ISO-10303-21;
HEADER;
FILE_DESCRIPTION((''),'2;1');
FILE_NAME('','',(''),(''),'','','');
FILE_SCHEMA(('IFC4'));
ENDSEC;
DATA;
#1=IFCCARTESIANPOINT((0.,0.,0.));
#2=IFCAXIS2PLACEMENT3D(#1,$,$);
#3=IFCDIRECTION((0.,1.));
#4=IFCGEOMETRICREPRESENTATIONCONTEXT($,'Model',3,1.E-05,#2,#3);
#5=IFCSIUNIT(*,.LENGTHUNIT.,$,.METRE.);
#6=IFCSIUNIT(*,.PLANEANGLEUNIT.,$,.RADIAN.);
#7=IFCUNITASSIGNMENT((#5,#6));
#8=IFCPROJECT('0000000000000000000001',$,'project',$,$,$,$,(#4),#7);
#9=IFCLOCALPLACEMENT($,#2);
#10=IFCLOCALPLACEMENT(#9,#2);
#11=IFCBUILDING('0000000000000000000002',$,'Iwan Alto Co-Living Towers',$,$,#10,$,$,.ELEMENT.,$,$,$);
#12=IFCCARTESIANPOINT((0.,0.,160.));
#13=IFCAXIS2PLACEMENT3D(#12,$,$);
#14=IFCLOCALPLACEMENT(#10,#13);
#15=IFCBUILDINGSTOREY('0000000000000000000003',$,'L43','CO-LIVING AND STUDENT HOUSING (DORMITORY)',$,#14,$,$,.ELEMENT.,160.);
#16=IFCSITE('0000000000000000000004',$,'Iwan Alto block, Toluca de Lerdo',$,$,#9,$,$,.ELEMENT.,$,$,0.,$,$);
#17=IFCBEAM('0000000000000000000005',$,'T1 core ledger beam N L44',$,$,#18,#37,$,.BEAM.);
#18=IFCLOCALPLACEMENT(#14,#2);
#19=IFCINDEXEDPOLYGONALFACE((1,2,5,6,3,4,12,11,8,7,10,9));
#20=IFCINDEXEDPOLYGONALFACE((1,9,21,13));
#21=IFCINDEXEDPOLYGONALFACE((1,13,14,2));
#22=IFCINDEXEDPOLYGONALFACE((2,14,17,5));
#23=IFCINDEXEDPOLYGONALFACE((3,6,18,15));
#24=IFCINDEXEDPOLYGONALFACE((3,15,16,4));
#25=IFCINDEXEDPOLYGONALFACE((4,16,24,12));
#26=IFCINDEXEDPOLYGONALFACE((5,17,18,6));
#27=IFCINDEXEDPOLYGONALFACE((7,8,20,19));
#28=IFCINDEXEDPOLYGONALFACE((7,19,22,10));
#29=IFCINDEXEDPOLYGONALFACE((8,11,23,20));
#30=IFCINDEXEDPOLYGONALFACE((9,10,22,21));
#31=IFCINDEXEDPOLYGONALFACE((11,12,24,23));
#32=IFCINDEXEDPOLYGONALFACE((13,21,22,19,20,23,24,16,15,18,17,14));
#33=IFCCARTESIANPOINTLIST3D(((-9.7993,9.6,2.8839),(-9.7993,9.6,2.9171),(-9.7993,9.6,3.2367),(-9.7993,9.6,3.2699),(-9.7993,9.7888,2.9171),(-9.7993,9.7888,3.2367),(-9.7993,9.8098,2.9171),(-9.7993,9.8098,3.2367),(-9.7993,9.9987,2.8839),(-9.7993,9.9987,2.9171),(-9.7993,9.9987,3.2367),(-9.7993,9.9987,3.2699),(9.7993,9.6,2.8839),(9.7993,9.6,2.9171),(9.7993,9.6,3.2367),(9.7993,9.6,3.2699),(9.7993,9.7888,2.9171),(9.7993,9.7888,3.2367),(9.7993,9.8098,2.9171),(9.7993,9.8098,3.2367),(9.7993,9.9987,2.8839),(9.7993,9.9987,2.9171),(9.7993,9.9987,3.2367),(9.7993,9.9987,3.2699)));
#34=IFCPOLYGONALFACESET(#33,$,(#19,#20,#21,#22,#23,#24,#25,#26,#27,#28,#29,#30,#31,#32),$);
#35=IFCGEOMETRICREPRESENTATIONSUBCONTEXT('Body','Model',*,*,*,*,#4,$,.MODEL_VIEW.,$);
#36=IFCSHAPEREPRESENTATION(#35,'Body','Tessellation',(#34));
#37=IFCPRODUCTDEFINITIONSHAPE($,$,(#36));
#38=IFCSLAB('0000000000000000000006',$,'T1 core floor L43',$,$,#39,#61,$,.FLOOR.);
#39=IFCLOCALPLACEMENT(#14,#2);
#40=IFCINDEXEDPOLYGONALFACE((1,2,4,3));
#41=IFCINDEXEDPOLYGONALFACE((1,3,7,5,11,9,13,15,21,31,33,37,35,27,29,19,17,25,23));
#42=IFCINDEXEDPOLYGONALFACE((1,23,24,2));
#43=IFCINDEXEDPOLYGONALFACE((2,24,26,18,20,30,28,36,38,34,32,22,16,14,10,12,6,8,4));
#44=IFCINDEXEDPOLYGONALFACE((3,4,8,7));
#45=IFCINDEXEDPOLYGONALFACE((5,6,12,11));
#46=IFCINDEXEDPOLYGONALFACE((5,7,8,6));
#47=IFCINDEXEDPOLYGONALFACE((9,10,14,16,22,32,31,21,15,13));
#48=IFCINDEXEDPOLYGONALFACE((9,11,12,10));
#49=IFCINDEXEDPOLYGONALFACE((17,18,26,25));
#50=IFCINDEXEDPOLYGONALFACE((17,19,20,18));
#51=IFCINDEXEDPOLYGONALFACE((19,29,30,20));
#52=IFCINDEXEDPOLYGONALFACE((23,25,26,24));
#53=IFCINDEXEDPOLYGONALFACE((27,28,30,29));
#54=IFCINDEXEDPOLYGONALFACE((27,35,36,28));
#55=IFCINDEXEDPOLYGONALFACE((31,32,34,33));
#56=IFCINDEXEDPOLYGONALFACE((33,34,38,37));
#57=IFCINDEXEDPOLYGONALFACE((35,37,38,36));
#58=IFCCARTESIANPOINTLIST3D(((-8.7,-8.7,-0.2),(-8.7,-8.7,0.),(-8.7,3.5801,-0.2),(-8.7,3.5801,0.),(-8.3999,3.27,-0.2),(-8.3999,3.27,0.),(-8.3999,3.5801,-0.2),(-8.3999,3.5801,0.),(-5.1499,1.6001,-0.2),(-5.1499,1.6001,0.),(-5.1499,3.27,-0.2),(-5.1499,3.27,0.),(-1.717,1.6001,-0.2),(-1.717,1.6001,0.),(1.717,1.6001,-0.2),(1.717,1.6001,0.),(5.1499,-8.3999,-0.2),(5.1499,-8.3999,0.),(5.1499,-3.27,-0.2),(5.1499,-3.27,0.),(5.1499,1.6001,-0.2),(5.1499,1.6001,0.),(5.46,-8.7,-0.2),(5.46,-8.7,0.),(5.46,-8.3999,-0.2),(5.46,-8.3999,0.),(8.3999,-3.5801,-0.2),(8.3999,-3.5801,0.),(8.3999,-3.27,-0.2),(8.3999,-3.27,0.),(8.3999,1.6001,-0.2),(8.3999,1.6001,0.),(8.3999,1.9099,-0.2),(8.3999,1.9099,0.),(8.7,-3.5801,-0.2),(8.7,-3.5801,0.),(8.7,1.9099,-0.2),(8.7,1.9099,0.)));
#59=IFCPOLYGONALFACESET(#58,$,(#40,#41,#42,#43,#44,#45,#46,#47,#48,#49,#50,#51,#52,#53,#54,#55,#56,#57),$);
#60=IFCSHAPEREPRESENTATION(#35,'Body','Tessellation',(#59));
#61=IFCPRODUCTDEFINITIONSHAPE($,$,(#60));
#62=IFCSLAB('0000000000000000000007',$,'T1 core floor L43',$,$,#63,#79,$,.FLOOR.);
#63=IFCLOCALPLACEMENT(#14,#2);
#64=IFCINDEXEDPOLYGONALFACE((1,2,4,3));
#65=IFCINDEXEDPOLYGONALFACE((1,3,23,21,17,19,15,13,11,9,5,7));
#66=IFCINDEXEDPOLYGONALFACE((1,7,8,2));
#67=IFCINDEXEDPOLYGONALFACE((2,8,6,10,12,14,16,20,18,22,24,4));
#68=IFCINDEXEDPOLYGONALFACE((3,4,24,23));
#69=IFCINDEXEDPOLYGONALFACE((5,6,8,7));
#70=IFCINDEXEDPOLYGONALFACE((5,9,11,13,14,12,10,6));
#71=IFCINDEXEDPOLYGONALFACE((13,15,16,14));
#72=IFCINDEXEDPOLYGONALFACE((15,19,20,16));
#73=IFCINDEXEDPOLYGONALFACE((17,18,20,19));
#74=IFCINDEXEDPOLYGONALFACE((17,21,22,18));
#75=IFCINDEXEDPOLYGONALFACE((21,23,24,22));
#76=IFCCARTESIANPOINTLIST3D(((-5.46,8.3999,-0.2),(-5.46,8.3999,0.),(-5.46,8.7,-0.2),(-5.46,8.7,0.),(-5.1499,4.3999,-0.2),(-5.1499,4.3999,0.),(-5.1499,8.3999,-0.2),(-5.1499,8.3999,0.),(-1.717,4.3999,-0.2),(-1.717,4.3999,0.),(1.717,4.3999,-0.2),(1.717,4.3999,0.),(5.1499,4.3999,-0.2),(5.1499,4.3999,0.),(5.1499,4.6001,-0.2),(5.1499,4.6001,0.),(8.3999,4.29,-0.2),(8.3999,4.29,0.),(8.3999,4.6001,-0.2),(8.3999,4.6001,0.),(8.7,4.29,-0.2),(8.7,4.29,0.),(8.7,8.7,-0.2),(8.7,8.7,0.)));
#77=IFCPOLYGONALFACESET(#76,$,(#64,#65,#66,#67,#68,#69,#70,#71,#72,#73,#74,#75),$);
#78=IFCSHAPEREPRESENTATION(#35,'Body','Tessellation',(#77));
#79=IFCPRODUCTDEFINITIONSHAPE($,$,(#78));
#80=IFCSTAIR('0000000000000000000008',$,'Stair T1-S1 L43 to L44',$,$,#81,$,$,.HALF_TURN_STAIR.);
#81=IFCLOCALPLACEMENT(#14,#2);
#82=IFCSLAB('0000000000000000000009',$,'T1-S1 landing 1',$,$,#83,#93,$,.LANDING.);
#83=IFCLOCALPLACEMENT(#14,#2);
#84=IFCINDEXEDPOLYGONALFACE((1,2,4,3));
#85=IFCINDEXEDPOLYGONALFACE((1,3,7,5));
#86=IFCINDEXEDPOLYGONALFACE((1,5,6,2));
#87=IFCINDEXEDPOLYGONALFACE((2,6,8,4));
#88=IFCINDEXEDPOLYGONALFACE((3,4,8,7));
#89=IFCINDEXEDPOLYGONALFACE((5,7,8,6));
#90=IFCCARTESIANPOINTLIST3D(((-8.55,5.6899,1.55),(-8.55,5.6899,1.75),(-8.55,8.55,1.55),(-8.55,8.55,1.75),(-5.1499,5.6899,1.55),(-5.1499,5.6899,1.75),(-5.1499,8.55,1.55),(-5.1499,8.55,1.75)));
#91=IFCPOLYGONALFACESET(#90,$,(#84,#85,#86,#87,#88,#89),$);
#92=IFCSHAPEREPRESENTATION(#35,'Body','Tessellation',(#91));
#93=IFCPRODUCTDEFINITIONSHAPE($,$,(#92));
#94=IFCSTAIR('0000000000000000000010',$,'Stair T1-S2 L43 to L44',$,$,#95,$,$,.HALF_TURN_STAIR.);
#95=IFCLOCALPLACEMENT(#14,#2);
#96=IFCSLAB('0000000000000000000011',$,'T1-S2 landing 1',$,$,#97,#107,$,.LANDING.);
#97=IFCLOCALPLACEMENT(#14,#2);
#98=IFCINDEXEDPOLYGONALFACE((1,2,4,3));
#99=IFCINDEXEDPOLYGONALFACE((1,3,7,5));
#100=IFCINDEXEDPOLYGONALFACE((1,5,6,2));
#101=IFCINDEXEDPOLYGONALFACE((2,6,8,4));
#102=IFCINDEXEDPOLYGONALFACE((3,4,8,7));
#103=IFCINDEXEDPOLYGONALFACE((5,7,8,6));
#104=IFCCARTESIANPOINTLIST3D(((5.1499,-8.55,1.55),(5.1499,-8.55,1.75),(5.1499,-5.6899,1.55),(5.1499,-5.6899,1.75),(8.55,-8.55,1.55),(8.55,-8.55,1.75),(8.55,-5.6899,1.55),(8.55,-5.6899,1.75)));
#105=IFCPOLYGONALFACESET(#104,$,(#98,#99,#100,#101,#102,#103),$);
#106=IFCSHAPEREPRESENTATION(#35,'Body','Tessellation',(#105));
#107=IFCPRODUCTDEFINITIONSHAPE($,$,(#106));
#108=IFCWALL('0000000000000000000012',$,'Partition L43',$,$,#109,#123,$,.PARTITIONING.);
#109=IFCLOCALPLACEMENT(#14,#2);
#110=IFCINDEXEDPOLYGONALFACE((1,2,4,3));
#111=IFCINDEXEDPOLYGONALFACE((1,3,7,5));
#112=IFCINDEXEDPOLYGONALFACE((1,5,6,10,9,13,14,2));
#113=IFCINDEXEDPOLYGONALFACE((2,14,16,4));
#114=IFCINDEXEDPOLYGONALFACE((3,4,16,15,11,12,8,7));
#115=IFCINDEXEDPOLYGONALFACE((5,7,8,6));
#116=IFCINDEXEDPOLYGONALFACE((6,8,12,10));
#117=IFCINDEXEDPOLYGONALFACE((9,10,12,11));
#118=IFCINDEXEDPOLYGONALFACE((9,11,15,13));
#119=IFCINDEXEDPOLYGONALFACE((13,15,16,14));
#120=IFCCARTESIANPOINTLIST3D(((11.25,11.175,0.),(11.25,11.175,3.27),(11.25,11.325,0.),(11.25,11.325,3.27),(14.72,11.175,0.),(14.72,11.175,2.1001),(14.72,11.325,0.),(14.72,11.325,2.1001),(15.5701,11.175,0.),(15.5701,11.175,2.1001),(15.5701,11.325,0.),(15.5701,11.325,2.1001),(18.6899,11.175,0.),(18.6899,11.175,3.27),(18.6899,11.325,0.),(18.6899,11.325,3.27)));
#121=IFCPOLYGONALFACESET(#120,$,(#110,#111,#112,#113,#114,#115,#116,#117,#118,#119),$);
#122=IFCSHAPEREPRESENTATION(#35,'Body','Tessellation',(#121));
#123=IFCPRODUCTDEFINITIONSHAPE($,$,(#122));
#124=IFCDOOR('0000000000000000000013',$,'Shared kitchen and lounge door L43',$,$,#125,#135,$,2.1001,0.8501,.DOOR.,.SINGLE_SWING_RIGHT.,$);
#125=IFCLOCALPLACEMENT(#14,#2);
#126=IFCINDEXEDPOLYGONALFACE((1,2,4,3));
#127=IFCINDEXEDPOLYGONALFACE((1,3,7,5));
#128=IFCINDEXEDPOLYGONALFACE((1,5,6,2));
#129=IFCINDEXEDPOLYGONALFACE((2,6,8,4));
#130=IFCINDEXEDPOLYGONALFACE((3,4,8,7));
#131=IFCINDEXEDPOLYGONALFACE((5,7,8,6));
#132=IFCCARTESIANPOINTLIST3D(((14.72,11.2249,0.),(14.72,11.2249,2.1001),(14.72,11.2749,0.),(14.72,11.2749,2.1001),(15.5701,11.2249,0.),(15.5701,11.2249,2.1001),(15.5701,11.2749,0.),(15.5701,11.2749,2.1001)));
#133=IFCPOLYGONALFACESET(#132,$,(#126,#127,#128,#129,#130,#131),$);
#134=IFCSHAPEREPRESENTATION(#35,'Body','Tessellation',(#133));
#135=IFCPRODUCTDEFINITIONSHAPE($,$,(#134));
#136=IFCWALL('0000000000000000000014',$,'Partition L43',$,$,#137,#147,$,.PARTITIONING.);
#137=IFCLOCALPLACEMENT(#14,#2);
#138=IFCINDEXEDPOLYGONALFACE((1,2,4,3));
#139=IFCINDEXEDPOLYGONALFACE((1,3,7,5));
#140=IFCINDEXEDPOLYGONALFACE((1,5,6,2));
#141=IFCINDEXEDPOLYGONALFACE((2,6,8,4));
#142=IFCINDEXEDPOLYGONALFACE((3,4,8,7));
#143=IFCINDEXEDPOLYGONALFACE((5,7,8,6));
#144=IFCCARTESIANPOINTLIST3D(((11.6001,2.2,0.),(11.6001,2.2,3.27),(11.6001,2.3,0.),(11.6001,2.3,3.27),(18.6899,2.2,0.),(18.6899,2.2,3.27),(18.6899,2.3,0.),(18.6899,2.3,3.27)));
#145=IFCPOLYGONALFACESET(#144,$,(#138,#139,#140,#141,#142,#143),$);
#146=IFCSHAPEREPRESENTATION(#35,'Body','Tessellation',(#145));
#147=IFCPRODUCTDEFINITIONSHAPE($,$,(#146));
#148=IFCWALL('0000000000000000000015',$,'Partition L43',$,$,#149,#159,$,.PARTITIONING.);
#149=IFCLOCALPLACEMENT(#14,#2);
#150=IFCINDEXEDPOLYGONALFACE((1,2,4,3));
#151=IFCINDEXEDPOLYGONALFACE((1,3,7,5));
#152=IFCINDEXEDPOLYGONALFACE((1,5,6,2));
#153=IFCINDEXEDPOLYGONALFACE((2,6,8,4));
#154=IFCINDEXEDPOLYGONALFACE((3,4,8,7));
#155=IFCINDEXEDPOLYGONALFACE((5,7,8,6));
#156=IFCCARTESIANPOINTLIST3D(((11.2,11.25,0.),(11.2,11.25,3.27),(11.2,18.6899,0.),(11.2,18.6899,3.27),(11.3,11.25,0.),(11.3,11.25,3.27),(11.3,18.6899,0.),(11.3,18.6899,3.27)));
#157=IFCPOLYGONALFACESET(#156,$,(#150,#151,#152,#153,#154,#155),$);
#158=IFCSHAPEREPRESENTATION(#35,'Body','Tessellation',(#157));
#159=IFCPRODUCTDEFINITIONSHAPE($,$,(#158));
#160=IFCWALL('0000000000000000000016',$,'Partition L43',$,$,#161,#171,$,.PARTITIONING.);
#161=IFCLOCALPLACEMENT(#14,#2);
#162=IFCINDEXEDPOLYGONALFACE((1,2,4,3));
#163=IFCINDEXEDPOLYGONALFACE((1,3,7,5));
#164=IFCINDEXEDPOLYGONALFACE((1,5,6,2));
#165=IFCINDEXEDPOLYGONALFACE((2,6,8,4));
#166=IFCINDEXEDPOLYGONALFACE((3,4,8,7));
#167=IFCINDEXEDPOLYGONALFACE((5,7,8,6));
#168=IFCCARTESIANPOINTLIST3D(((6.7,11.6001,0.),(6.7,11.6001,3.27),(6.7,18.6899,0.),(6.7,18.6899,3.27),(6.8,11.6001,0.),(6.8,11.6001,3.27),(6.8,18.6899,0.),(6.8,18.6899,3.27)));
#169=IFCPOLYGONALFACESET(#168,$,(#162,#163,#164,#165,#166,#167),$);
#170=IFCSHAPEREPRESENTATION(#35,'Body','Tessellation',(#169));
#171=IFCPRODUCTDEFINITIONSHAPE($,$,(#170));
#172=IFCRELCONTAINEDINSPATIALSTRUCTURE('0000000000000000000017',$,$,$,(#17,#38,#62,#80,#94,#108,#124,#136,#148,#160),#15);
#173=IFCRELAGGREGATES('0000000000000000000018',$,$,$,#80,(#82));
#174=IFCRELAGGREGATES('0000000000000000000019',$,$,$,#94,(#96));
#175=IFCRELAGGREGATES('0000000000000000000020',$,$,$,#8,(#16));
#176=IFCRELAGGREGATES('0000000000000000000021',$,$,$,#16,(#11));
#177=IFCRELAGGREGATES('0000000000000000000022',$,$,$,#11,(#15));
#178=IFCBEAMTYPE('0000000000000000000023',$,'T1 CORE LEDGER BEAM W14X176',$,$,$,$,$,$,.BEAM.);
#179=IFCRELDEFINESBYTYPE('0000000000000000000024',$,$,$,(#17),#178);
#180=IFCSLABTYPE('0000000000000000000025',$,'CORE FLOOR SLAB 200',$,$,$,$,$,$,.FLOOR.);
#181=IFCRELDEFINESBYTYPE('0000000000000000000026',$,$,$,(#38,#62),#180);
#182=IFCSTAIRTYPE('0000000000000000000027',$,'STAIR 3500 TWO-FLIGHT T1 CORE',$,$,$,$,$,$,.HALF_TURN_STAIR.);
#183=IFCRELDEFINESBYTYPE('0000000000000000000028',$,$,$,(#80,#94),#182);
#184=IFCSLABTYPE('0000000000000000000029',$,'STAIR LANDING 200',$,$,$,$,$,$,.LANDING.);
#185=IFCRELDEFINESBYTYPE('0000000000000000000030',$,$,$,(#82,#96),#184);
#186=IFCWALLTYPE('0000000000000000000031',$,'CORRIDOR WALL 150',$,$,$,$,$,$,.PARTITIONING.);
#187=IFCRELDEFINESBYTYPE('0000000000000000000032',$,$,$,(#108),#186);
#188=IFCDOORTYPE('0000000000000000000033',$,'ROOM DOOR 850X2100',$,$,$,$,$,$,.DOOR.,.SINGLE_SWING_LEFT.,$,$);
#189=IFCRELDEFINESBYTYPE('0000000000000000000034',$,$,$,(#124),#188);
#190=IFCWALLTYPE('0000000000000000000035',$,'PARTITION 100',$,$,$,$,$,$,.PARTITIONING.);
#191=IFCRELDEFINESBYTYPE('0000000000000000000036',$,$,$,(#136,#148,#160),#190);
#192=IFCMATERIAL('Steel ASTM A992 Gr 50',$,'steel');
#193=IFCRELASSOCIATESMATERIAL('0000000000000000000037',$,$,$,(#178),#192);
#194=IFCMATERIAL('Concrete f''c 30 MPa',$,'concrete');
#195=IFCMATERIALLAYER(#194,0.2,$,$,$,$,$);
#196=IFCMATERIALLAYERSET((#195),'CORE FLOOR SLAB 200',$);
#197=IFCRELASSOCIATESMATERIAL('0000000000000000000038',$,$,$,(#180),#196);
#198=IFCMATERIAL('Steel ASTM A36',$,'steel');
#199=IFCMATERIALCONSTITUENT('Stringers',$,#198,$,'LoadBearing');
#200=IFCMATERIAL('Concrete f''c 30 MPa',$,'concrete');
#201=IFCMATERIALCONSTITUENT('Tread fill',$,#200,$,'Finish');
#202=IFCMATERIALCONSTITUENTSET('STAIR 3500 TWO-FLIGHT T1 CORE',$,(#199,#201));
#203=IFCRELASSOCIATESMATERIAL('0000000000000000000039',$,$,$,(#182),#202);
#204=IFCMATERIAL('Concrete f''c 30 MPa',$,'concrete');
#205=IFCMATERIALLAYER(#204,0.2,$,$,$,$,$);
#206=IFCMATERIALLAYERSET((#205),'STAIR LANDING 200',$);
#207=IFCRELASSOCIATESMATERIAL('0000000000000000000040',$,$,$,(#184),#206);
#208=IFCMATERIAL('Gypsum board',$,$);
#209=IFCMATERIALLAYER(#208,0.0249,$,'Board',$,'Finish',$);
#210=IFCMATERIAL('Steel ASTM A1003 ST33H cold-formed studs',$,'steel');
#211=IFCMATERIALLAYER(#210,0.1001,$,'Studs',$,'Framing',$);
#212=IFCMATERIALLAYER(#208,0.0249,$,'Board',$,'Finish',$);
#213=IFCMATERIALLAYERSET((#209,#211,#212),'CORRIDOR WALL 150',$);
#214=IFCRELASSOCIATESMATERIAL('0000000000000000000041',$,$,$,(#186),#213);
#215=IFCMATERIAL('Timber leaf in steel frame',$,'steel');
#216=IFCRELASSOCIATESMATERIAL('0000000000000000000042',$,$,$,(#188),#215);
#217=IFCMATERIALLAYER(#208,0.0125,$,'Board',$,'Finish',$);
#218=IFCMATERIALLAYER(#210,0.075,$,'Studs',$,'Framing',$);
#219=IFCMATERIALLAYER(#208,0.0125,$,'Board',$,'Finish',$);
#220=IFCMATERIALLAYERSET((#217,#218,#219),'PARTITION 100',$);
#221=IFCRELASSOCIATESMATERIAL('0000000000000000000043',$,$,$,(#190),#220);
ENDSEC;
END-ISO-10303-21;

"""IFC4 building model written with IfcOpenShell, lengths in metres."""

from ifc_helpers import new_model, si_unit, direction, frame, frame_2d, origin, origin_2d, place, context, subcontext, project, spatial, polyline, rectangle, i_section, outline, extrude, material, layer, layer_set, constituent, constituent_set, material_profile, profile_set, type_object, element, fill, aggregate, save


model = new_model("IFC4")

# Units and contexts
model_context = context("Model", 3, precision=1e-05, world=origin(), true_north=direction((0.0, 1.0)))
body_context = subcontext(model_context, "Body", "Model", "MODEL_VIEW")
ifc_project = project(units=[si_unit("LENGTHUNIT", "METRE"), si_unit("PLANEANGLEUNIT", "RADIAN")], contexts=[model_context])

# Site, building, storey
site_placement = place(None, origin())
site = spatial("IfcSite", under=ifc_project, at=site_placement, Name="Iwan Alto block, Toluca de Lerdo", CompositionType="ELEMENT", RefElevation=0.0)
building_placement = place(site_placement, origin())
building = spatial("IfcBuilding", under=site, at=building_placement, Name="Iwan Alto Co-Living Towers", CompositionType="ELEMENT")
storey_placement = place(building_placement, frame((0.0, 0.0, 160.0)))
storey = spatial("IfcBuildingStorey", under=building, at=storey_placement, Name="L43", Description="CO-LIVING AND STUDENT HOUSING (DORMITORY)", CompositionType="ELEMENT", Elevation=160.0)

# Beam
ifc_material_1 = material(Name="Steel ASTM A992 Gr 50", Category="steel")
ifc_material_profile = material_profile(ifc_material_1, i_section(OverallWidth=0.3987, OverallDepth=0.386, WebThickness=0.021, FlangeThickness=0.0332, at=origin_2d()), Name="W14X176")
ifc_profile_set = profile_set([ifc_material_profile], Name="Steel ASTM A992 Gr 50")
beam_type = type_object("IfcBeamType", Name="T1 CORE LEDGER BEAM W14X176", PredefinedType="BEAM", material=ifc_profile_set)
beam_placement = place(storey_placement, frame((9.7993, 9.7993, 3.0769), z_axis=(-1.0, 0.0, 0.0), x_axis=(0.0, -1.0, 0.0)))
element("IfcBeam", 1, at=beam_placement, inside=storey, type_object=beam_type, Name="T1 core ledger beam N L44", PredefinedType="BEAM", context=body_context, shape_type="SweptSolid", body=[
    extrude(i_section(OverallWidth=0.3987, OverallDepth=0.386, WebThickness=0.021, FlangeThickness=0.0332, at=origin_2d()), origin(), (0.0, 0.0, 1.0), 19.5986),
])

# Slabs
ifc_material_2 = material(Name="Concrete f'c 30 MPa", Category="concrete")
ifc_layer_1 = layer(ifc_material_2, 0.2)
ifc_layer_set_1 = layer_set([ifc_layer_1], Name="CORE FLOOR SLAB 200")
slab_type_1 = type_object("IfcSlabType", Name="CORE FLOOR SLAB 200", PredefinedType="FLOOR", material=ifc_layer_set_1)
slab_1_placement = place(storey_placement, frame((0.0, 0.0, -0.2)))
element("IfcSlab", 2, at=slab_1_placement, inside=storey, type_object=slab_type_1, Name="T1 core floor L43", PredefinedType="FLOOR", context=body_context, shape_type="SweptSolid", body=[
    extrude(outline(polyline([(5.1499, -8.3999), (5.46, -8.3999), (5.46, -8.7), (-8.7, -8.7), (-8.7, 3.5801), (-8.3999, 3.5801), (-8.3999, 3.27), (-5.1499, 3.27), (-5.1499, 1.6001), (-1.717, 1.6001), (1.717, 1.6001), (5.1499, 1.6001), (8.3999, 1.6001), (8.3999, 1.9099), (8.7, 1.9099), (8.7, -3.5801), (8.3999, -3.5801), (8.3999, -3.27), (5.1499, -3.27), (5.1499, -8.3999)])), origin(), (0.0, 0.0, 1.0), 0.2),
])
slab_2_placement = place(storey_placement, frame((0.0, 0.0, -0.2)))
element("IfcSlab", 3, at=slab_2_placement, inside=storey, type_object=slab_type_1, Name="T1 core floor L43", PredefinedType="FLOOR", context=body_context, shape_type="SweptSolid", body=[
    extrude(outline(polyline([(1.717, 4.3999), (-1.717, 4.3999), (-5.1499, 4.3999), (-5.1499, 8.3999), (-5.46, 8.3999), (-5.46, 8.7), (8.7, 8.7), (8.7, 4.29), (8.3999, 4.29), (8.3999, 4.6001), (5.1499, 4.6001), (5.1499, 4.3999), (1.717, 4.3999)])), origin(), (0.0, 0.0, 1.0), 0.2),
])

# Stairs, slabs
ifc_material_3 = material(Name="Steel ASTM A36", Category="steel")
ifc_constituent_1 = constituent(ifc_material_3, Name="Stringers", Category="LoadBearing")
ifc_material_4 = material(Name="Concrete f'c 30 MPa", Category="concrete")
ifc_constituent_2 = constituent(ifc_material_4, Name="Tread fill", Category="Finish")
ifc_constituent_set = constituent_set(constituents=[ifc_constituent_1, ifc_constituent_2], Name="STAIR 3500 TWO-FLIGHT T1 CORE")
stair_type = type_object("IfcStairType", Name="STAIR 3500 TWO-FLIGHT T1 CORE", PredefinedType="HALF_TURN_STAIR", material=ifc_constituent_set)
stair_1_placement = place(storey_placement, origin())
stair_1 = element("IfcStair", 4, at=stair_1_placement, inside=storey, type_object=stair_type, Name="Stair T1-S1 L43 to L44", PredefinedType="HALF_TURN_STAIR")
ifc_material_5 = material(Name="Concrete f'c 30 MPa", Category="concrete")
ifc_layer_2 = layer(ifc_material_5, 0.2)
ifc_layer_set_2 = layer_set([ifc_layer_2], Name="STAIR LANDING 200")
slab_type_2 = type_object("IfcSlabType", Name="STAIR LANDING 200", PredefinedType="LANDING", material=ifc_layer_set_2)
slab_3_placement = place(storey_placement, frame((0.0, 0.0, 1.55)))
slab_3 = element("IfcSlab", 5, at=slab_3_placement, type_object=slab_type_2, Name="T1-S1 landing 1", PredefinedType="LANDING", context=body_context, shape_type="SweptSolid", body=[
    extrude(outline(polyline([(-8.55, 5.6899), (-8.55, 8.55), (-5.1499, 8.55), (-5.1499, 5.6899), (-8.55, 5.6899)])), origin(), (0.0, 0.0, 1.0), 0.2),
])
aggregate(stair_1, [slab_3])
stair_2_placement = place(storey_placement, origin())
stair_2 = element("IfcStair", 6, at=stair_2_placement, inside=storey, type_object=stair_type, Name="Stair T1-S2 L43 to L44", PredefinedType="HALF_TURN_STAIR")
slab_4_placement = place(storey_placement, frame((0.0, 0.0, 1.55)))
slab_4 = element("IfcSlab", 7, at=slab_4_placement, type_object=slab_type_2, Name="T1-S2 landing 1", PredefinedType="LANDING", context=body_context, shape_type="SweptSolid", body=[
    extrude(outline(polyline([(5.1499, -5.6899), (5.1499, -8.55), (8.55, -8.55), (8.55, -5.6899), (5.1499, -5.6899)])), origin(), (0.0, 0.0, 1.0), 0.2),
])
aggregate(stair_2, [slab_4])

# Wall, opening, door
ifc_material_6 = material(Name="Gypsum board")
ifc_layer_3 = layer(ifc_material_6, 0.0249, Name="Board", Category="Finish")
ifc_material_7 = material(Name="Steel ASTM A1003 ST33H cold-formed studs", Category="steel")
ifc_layer_4 = layer(ifc_material_7, 0.1001, Name="Studs", Category="Framing")
ifc_layer_5 = layer(ifc_material_6, 0.0249, Name="Board", Category="Finish")
ifc_layer_set_3 = layer_set([ifc_layer_3, ifc_layer_4, ifc_layer_5], Name="CORRIDOR WALL 150")
wall_type_1 = type_object("IfcWallType", Name="CORRIDOR WALL 150", PredefinedType="PARTITIONING", material=ifc_layer_set_3)
wall_1_placement = place(storey_placement, frame((11.25, 11.25, 0.0), z_axis=(0.0, 0.0, 1.0), x_axis=(1.0, 0.0, 0.0)))
wall_1 = element("IfcWall", 8, at=wall_1_placement, inside=storey, type_object=wall_type_1, Name="Partition L43", PredefinedType="PARTITIONING", context=body_context, shape_type="SweptSolid", body=[
    extrude(rectangle(XDim=7.4399, YDim=0.1499, at=frame_2d((3.72, 0.0))), origin(), (0.0, 0.0, 1.0), 3.27),
])
opening_1_placement = place(wall_1_placement, frame((3.47, 0.0, 0.0)))
opening_1 = element("IfcOpeningElement", 9, at=opening_1_placement, cuts=wall_1, PredefinedType="OPENING", context=body_context, shape_type="SweptSolid", body=[
    extrude(rectangle(XDim=0.8501, YDim=2.1001, at=frame_2d((0.425, 1.05))), frame((0.0, 0.085, 0.0), z_axis=(0.0, -1.0, 0.0), x_axis=(1.0, 0.0, 0.0)), (0.0, 0.0, 1.0), 0.1699),
])
ifc_material_8 = material(Name="Timber leaf in steel frame", Category="steel")
door_type_1 = type_object("IfcDoorType", Name="ROOM DOOR 850X2100", OperationType="SINGLE_SWING_LEFT", PredefinedType="DOOR", material=ifc_material_8)
door_1_placement = place(opening_1_placement, origin())
door_1 = element("IfcDoor", 10, at=door_1_placement, inside=storey, type_object=door_type_1, Name="Shared kitchen and lounge door L43", OperationType="SINGLE_SWING_RIGHT", OverallHeight=2.1001, OverallWidth=0.8501, PredefinedType="DOOR", context=body_context, shape_type="SweptSolid", body=[
    extrude(rectangle(XDim=0.8501, YDim=2.1001, at=frame_2d((0.425, 1.05))), frame((0.0, 0.0249, 0.0), z_axis=(0.0, -1.0, 0.0), x_axis=(1.0, 0.0, 0.0)), (0.0, 0.0, 1.0), 0.05),
])
fill(opening_1, door_1)

# Walls
ifc_layer_6 = layer(ifc_material_6, 0.0125, Name="Board", Category="Finish")
ifc_layer_7 = layer(ifc_material_7, 0.075, Name="Studs", Category="Framing")
ifc_layer_8 = layer(ifc_material_6, 0.0125, Name="Board", Category="Finish")
ifc_layer_set_4 = layer_set([ifc_layer_6, ifc_layer_7, ifc_layer_8], Name="PARTITION 100")
wall_type_2 = type_object("IfcWallType", Name="PARTITION 100", PredefinedType="PARTITIONING", material=ifc_layer_set_4)
wall_2_placement = place(storey_placement, frame((11.6001, 2.25, 0.0), z_axis=(0.0, 0.0, 1.0), x_axis=(1.0, 0.0, 0.0)))
element("IfcWall", 11, at=wall_2_placement, inside=storey, type_object=wall_type_2, Name="Partition L43", PredefinedType="PARTITIONING", context=body_context, shape_type="SweptSolid", body=[
    extrude(rectangle(XDim=7.0898, YDim=0.1001, at=frame_2d((3.5449, 0.0))), origin(), (0.0, 0.0, 1.0), 3.27),
])
wall_3_placement = place(storey_placement, frame((11.25, 11.25, 0.0), z_axis=(0.0, 0.0, 1.0), x_axis=(0.0, 1.0, 0.0)))
element("IfcWall", 12, at=wall_3_placement, inside=storey, type_object=wall_type_2, Name="Partition L43", PredefinedType="PARTITIONING", context=body_context, shape_type="SweptSolid", body=[
    extrude(rectangle(XDim=7.4399, YDim=0.1001, at=frame_2d((3.72, 0.0))), origin(), (0.0, 0.0, 1.0), 3.27),
])
for number, where, z_axis, x_axis, name in (
    (13, (6.75, 11.6001, 0.0), (0.0, 0.0, 1.0), (0.0, 1.0, 0.0), "Partition L43"),
):
    element("IfcWall", number, at=place(storey_placement, frame(where, z_axis=z_axis, x_axis=x_axis)), inside=storey, type_object=wall_type_2, Name=name, PredefinedType="PARTITIONING", context=body_context, shape_type="SweptSolid", body=[
        extrude(rectangle(XDim=7.0898, YDim=0.1001, at=frame_2d((3.5449, 0.0))), origin(), (0.0, 0.0, 1.0), 3.27),
    ])

save(model, "model.ifc")
